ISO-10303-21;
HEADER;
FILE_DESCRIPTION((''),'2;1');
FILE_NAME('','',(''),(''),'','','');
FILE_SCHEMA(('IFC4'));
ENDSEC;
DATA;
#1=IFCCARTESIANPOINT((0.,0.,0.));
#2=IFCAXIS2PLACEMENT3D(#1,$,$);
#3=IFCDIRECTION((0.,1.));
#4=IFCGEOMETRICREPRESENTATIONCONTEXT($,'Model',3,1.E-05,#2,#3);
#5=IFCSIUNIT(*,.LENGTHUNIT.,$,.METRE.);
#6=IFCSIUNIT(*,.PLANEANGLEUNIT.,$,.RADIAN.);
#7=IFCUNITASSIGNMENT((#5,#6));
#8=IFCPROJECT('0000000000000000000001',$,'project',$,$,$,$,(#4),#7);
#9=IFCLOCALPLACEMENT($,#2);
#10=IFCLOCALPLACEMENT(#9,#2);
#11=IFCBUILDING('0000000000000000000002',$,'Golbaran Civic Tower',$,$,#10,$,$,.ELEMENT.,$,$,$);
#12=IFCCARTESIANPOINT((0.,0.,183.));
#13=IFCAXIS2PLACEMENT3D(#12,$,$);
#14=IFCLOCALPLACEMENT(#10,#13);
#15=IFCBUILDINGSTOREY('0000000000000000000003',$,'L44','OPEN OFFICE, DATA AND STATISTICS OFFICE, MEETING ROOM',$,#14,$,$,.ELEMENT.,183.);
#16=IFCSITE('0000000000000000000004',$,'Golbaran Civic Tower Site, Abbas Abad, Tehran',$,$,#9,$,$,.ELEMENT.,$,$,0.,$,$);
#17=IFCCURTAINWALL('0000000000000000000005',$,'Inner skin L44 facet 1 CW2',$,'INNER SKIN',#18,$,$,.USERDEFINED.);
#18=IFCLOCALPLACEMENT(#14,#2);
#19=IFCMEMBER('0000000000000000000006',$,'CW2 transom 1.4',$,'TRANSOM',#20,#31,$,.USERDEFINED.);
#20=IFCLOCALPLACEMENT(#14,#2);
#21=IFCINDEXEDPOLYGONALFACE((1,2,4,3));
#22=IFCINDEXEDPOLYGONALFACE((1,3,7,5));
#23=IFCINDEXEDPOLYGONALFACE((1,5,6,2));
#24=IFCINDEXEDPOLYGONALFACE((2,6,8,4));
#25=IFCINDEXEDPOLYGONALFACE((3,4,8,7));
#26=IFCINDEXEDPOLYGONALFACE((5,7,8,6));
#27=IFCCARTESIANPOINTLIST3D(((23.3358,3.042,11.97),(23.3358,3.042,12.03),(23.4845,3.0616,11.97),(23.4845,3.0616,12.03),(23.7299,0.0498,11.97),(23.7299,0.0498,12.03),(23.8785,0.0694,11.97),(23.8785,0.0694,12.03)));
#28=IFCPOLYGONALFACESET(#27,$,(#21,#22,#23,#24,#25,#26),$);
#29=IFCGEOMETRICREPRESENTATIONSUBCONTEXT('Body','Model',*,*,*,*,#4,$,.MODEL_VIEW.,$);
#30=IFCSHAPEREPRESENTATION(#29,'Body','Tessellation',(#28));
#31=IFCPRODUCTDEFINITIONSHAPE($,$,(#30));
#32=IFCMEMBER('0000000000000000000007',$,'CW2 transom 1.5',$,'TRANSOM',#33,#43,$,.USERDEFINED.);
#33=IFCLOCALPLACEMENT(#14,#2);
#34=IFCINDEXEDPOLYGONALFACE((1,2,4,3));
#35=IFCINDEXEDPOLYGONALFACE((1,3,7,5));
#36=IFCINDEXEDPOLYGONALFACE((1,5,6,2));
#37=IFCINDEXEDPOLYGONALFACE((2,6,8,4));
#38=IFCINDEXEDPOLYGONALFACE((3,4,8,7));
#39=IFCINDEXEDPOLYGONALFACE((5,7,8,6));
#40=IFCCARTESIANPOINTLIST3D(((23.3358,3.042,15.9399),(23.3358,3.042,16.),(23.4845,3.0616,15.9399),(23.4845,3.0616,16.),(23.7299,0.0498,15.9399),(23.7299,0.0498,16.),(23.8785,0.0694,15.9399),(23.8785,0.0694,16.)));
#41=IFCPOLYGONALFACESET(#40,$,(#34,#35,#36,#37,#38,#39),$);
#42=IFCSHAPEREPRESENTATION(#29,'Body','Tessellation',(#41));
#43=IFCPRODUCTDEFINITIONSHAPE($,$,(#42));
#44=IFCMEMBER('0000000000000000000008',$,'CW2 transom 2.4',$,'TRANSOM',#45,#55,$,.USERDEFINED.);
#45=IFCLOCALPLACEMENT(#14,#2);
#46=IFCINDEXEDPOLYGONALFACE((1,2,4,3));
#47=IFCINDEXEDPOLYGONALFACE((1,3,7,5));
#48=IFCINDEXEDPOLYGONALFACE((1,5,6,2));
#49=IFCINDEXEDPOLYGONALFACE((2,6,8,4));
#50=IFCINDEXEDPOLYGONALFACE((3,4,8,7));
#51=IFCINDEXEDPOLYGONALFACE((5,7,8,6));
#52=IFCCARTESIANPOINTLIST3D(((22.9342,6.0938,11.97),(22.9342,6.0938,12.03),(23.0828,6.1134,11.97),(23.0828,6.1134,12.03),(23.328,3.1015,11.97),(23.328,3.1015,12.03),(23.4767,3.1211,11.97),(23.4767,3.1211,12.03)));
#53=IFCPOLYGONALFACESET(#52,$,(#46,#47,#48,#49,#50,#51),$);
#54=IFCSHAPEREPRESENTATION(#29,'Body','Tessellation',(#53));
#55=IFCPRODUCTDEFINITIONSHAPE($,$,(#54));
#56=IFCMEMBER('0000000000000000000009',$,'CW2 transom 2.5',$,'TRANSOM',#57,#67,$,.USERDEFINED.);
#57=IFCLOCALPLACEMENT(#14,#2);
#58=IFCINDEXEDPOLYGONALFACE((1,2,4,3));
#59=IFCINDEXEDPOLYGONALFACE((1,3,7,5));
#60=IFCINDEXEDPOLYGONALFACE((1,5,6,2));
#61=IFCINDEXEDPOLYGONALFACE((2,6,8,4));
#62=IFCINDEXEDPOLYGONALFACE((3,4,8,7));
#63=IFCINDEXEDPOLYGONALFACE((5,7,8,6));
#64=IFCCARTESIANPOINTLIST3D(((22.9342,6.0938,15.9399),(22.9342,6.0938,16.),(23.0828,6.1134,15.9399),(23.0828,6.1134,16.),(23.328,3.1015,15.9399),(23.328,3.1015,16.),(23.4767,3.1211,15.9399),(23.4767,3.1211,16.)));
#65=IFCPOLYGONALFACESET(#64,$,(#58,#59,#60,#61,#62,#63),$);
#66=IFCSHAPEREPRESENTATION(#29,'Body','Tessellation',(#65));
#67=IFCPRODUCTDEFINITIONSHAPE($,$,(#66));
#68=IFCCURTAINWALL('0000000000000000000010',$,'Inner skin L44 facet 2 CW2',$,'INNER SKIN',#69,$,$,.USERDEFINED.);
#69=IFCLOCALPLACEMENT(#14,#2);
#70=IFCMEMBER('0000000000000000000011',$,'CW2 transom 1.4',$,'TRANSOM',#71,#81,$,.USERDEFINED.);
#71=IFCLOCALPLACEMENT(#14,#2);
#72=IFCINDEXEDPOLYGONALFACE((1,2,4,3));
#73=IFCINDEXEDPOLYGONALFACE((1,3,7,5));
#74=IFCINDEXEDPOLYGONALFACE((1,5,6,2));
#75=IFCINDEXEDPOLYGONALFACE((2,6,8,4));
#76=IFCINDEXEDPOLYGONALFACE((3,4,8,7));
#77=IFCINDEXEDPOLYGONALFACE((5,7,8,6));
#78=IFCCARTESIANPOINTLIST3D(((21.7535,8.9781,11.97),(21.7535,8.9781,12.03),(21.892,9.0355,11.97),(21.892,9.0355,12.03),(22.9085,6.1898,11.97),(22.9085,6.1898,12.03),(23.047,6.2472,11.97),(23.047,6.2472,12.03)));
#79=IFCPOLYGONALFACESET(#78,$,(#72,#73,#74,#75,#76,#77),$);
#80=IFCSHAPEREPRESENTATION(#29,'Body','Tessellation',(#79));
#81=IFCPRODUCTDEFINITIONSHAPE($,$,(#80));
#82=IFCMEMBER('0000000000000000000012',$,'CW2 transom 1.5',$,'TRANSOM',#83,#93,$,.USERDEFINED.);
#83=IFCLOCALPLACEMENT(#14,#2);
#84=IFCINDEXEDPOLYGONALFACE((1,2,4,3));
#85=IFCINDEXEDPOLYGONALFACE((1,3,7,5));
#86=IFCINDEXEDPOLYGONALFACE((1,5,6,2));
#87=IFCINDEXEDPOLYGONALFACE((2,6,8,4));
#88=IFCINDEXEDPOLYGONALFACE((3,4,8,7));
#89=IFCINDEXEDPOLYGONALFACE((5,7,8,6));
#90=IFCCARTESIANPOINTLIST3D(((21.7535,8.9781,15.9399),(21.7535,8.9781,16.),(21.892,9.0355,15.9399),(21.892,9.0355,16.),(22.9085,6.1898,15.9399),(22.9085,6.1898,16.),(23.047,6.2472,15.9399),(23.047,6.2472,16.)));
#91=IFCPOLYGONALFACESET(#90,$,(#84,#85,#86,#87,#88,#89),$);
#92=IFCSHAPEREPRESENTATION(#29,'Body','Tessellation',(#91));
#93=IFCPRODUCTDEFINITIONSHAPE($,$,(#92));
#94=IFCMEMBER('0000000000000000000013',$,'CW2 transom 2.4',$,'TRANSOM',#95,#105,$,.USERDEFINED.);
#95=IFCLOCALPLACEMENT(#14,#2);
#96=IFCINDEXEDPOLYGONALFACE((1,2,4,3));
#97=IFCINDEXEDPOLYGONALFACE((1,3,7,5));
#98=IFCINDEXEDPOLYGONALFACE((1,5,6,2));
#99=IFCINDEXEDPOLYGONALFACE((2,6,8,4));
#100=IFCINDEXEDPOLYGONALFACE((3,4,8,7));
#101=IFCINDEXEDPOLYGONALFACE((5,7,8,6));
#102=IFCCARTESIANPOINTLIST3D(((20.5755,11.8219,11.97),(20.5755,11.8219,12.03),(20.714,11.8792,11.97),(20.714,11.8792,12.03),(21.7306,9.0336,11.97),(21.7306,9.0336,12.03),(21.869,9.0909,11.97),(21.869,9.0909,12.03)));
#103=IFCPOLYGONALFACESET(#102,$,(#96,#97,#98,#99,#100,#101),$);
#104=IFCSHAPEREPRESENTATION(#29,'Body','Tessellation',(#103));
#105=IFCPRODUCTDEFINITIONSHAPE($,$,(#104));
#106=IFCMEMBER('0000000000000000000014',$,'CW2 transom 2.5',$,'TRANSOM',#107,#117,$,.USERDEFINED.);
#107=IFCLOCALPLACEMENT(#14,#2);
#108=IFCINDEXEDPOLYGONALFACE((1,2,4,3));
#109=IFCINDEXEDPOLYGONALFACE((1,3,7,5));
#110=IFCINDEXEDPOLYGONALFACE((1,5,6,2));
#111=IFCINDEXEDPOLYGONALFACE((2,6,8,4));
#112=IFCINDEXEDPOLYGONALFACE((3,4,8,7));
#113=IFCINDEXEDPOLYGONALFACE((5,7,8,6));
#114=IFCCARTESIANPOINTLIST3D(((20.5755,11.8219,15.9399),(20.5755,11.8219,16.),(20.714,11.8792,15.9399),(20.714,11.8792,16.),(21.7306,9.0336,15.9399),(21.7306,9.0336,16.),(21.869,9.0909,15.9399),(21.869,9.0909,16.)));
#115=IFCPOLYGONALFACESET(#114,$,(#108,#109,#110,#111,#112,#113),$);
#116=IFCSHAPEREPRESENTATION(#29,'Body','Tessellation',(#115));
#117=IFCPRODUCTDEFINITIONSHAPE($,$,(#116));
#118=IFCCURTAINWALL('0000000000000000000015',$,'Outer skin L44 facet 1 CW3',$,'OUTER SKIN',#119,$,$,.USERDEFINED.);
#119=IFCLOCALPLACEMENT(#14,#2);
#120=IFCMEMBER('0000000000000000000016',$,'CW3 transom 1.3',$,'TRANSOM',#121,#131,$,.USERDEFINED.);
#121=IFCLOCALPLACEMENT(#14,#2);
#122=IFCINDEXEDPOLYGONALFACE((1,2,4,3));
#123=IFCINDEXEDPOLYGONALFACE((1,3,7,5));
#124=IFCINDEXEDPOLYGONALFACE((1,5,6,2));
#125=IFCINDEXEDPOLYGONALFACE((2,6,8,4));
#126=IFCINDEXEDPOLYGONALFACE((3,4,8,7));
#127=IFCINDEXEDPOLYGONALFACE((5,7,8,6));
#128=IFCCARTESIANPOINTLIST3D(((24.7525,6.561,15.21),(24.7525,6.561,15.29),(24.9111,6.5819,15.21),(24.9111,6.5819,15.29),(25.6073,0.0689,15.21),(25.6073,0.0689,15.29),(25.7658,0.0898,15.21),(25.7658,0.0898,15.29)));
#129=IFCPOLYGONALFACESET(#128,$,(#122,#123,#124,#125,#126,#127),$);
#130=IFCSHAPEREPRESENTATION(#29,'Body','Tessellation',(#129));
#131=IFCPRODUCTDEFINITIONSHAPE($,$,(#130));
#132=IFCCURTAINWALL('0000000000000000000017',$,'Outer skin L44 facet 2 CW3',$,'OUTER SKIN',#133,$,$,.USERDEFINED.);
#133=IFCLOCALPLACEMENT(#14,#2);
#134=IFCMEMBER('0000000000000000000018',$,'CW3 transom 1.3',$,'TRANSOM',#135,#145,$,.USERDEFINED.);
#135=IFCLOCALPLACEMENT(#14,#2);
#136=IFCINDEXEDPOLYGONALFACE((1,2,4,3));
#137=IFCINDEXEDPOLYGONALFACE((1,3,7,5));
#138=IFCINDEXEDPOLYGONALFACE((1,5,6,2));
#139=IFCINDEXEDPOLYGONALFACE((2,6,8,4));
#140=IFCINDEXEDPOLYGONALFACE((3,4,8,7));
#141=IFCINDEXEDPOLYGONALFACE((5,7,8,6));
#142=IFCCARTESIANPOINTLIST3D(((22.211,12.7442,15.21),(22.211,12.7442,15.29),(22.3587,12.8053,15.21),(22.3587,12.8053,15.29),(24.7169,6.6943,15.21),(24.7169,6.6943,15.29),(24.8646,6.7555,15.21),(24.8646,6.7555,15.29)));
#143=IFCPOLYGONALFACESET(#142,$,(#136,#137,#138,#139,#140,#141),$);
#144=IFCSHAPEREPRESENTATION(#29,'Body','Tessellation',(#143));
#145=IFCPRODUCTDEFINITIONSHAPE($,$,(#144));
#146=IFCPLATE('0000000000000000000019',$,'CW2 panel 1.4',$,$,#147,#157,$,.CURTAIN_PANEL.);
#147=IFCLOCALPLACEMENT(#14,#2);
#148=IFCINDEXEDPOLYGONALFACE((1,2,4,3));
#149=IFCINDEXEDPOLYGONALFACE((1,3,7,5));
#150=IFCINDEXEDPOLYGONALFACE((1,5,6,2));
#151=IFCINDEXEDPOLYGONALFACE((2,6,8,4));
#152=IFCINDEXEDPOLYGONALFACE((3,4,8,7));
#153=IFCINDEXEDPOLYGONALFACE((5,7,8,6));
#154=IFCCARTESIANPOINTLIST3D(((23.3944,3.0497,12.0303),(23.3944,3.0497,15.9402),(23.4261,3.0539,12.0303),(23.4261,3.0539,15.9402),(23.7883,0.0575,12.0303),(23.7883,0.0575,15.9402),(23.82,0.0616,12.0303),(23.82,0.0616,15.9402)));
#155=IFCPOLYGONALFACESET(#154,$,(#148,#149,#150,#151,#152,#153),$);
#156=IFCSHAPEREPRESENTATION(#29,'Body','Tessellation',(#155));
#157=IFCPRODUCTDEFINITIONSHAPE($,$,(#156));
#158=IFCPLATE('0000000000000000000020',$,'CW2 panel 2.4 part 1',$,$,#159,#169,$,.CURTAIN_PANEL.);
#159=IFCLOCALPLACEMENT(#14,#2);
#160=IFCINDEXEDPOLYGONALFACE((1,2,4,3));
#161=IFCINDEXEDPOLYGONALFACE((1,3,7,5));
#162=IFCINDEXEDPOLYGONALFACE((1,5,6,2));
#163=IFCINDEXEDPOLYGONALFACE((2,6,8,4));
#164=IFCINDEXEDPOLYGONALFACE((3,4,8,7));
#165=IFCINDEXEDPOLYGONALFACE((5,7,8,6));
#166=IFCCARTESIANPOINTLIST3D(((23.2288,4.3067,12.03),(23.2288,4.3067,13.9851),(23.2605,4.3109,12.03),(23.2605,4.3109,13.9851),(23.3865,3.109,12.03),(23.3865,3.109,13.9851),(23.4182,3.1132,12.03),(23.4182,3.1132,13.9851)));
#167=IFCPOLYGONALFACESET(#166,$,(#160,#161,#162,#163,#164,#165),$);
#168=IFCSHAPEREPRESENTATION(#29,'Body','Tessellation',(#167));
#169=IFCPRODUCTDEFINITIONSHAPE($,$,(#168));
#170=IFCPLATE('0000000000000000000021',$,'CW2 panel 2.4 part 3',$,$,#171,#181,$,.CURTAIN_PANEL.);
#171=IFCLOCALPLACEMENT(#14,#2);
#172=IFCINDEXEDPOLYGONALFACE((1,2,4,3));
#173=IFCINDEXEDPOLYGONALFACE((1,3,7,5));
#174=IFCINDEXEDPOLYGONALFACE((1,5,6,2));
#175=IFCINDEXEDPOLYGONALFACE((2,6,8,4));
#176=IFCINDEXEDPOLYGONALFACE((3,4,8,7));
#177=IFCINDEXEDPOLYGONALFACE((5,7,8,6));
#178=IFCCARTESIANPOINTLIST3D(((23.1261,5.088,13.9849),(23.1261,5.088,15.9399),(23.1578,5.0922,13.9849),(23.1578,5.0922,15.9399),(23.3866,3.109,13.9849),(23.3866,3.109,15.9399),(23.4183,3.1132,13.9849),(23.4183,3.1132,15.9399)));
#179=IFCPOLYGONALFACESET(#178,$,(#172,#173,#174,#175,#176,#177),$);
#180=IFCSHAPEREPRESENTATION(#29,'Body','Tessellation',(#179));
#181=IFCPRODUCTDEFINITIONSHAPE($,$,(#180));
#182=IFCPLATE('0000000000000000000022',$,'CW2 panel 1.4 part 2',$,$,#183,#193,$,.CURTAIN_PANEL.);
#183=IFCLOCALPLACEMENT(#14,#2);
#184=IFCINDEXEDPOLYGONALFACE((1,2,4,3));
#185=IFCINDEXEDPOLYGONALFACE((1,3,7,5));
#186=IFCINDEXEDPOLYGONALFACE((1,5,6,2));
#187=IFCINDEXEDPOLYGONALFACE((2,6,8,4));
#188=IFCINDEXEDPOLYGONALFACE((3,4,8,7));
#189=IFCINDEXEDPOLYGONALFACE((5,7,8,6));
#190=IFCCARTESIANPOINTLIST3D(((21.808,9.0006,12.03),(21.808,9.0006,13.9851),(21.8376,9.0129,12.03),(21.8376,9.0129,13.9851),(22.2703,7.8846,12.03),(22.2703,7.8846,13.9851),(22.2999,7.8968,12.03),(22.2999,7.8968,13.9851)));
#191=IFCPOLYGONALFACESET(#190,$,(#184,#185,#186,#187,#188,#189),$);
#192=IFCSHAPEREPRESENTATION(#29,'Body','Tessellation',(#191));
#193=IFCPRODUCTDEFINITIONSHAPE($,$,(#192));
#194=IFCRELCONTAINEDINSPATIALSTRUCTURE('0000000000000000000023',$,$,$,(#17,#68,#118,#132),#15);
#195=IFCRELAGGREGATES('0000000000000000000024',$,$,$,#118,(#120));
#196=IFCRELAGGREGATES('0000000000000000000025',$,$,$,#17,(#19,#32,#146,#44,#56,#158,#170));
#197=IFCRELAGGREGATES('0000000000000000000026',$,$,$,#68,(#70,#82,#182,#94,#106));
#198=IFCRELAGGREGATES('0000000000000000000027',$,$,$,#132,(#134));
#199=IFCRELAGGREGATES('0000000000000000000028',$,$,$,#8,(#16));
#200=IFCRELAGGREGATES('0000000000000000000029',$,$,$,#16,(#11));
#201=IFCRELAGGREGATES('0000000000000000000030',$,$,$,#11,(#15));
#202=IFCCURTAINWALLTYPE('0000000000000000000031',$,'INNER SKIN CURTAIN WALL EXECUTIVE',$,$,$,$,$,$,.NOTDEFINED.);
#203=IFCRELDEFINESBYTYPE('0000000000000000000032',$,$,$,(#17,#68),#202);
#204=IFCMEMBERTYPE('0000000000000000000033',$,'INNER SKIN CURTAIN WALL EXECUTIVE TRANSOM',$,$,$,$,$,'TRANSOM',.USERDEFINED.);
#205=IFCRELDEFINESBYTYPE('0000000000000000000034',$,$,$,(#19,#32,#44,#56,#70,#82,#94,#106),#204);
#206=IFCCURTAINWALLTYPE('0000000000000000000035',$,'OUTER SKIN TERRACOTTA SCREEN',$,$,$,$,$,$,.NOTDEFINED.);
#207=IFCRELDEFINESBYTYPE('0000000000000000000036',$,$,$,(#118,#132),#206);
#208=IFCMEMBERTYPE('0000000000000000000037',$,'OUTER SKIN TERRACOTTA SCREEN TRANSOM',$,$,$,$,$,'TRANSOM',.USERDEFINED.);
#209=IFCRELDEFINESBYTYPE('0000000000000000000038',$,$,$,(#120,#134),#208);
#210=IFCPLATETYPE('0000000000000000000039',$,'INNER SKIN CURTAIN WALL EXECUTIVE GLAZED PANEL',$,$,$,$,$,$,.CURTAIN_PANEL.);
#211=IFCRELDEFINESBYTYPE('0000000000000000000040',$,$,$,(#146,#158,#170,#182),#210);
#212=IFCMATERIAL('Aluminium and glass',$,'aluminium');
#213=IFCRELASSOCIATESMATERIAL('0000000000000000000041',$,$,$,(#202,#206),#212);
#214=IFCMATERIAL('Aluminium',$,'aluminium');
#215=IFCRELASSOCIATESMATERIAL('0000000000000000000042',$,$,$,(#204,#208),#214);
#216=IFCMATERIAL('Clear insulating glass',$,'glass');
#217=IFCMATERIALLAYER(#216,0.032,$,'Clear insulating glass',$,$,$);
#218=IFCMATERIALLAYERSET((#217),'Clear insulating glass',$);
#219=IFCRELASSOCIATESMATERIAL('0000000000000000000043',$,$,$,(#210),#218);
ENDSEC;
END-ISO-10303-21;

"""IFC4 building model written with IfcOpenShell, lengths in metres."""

from ifc_helpers import new_model, si_unit, direction, frame, origin, origin_2d, place, context, subcontext, project, spatial, rectangle, extrude, material, layer, layer_set, material_profile, profile_set, type_object, element, aggregate, save


model = new_model("IFC4")

# Units and contexts
model_context = context("Model", 3, precision=1e-05, world=origin(), true_north=direction((0.0, 1.0)))
body_context = subcontext(model_context, "Body", "Model", "MODEL_VIEW")
ifc_project = project(units=[si_unit("LENGTHUNIT", "METRE"), si_unit("PLANEANGLEUNIT", "RADIAN")], contexts=[model_context])

# Site, building, storey
site_placement = place(None, origin())
site = spatial("IfcSite", under=ifc_project, at=site_placement, Name="Golbaran Civic Tower Site, Abbas Abad, Tehran", CompositionType="ELEMENT", RefElevation=0.0)
building_placement = place(site_placement, origin())
building = spatial("IfcBuilding", under=site, at=building_placement, Name="Golbaran Civic Tower", CompositionType="ELEMENT")
storey_placement = place(building_placement, frame((0.0, 0.0, 183.0)))
storey = spatial("IfcBuildingStorey", under=building, at=storey_placement, Name="L44", Description="OPEN OFFICE, DATA AND STATISTICS OFFICE, MEETING ROOM", CompositionType="ELEMENT", Elevation=183.0)

# Curtain walls, members
ifc_material_1 = material(Name="Aluminium and glass", Category="aluminium")
curtain_wall_type_1 = type_object("IfcCurtainWallType", Name="INNER SKIN CURTAIN WALL EXECUTIVE", PredefinedType="NOTDEFINED", material=ifc_material_1)
curtain_wall_1_placement = place(storey_placement, origin())
curtain_wall_1 = element("IfcCurtainWall", 1, at=curtain_wall_1_placement, inside=storey, type_object=curtain_wall_type_1, Name="Inner skin L44 facet 1 CW2", ObjectType="INNER SKIN", PredefinedType="USERDEFINED")
ifc_material_2 = material(Name="Aluminium", Category="aluminium")
ifc_material_profile_1 = material_profile(ifc_material_2, rectangle(XDim=0.1499, YDim=0.0601, at=origin_2d()), Name="INNER SKIN CURTAIN WALL EXECUTIVE TRANSOM")
ifc_profile_set_1 = profile_set([ifc_material_profile_1], Name="Aluminium")
member_type_1 = type_object("IfcMemberType", Name="INNER SKIN CURTAIN WALL EXECUTIVE TRANSOM", ElementType="TRANSOM", PredefinedType="USERDEFINED", material=ifc_profile_set_1)
member_1_placement = place(storey_placement, frame((23.8042, 0.0596, 12.0), z_axis=(-0.130563, 0.99144, 0.0), x_axis=(-0.99144, -0.130563, 0.0)))
member_1 = element("IfcMember", 2, at=member_1_placement, type_object=member_type_1, Name="CW2 transom 1.4", ObjectType="TRANSOM", PredefinedType="USERDEFINED", context=body_context, shape_type="SweptSolid", body=[
    extrude(rectangle(XDim=0.1499, YDim=0.0601, at=origin_2d()), origin(), (0.0, 0.0, 1.0), 3.0181),
])
member_2_placement = place(storey_placement, frame((23.8042, 0.0596, 15.97), z_axis=(-0.130563, 0.99144, 0.0), x_axis=(-0.99144, -0.130563, 0.0)))
member_2 = element("IfcMember", 3, at=member_2_placement, type_object=member_type_1, Name="CW2 transom 1.5", ObjectType="TRANSOM", PredefinedType="USERDEFINED", context=body_context, shape_type="SweptSolid", body=[
    extrude(rectangle(XDim=0.1499, YDim=0.0601, at=origin_2d()), origin(), (0.0, 0.0, 1.0), 3.0181),
])
member_3_placement = place(storey_placement, frame((23.4023, 3.1113, 12.0), z_axis=(-0.130484, 0.99145, 0.0), x_axis=(-0.99145, -0.130484, 0.0)))
member_3 = element("IfcMember", 4, at=member_3_placement, type_object=member_type_1, Name="CW2 transom 2.4", ObjectType="TRANSOM", PredefinedType="USERDEFINED", context=body_context, shape_type="SweptSolid", body=[
    extrude(rectangle(XDim=0.1499, YDim=0.0601, at=origin_2d()), origin(), (0.0, 0.0, 1.0), 3.0181),
])
member_4_placement = place(storey_placement, frame((23.4023, 3.1113, 15.97), z_axis=(-0.130484, 0.99145, 0.0), x_axis=(-0.99145, -0.130484, 0.0)))
member_4 = element("IfcMember", 5, at=member_4_placement, type_object=member_type_1, Name="CW2 transom 2.5", ObjectType="TRANSOM", PredefinedType="USERDEFINED", context=body_context, shape_type="SweptSolid", body=[
    extrude(rectangle(XDim=0.1499, YDim=0.0601, at=origin_2d()), origin(), (0.0, 0.0, 1.0), 3.0181),
])
curtain_wall_2_placement = place(storey_placement, origin())
curtain_wall_2 = element("IfcCurtainWall", 6, at=curtain_wall_2_placement, inside=storey, type_object=curtain_wall_type_1, Name="Inner skin L44 facet 2 CW2", ObjectType="INNER SKIN", PredefinedType="USERDEFINED")
member_5_placement = place(storey_placement, frame((22.9778, 6.2185, 12.0), z_axis=(-0.382702, 0.923872, 0.0), x_axis=(-0.923872, -0.382702, 0.0)))
member_5 = element("IfcMember", 7, at=member_5_placement, type_object=member_type_1, Name="CW2 transom 1.4", ObjectType="TRANSOM", PredefinedType="USERDEFINED", context=body_context, shape_type="SweptSolid", body=[
    extrude(rectangle(XDim=0.1499, YDim=0.0601, at=origin_2d()), origin(), (0.0, 0.0, 1.0), 3.0181),
])
member_6_placement = place(storey_placement, frame((22.9778, 6.2185, 15.97), z_axis=(-0.382702, 0.923872, 0.0), x_axis=(-0.923872, -0.382702, 0.0)))
member_6 = element("IfcMember", 8, at=member_6_placement, type_object=member_type_1, Name="CW2 transom 1.5", ObjectType="TRANSOM", PredefinedType="USERDEFINED", context=body_context, shape_type="SweptSolid", body=[
    extrude(rectangle(XDim=0.1499, YDim=0.0601, at=origin_2d()), origin(), (0.0, 0.0, 1.0), 3.0181),
])
member_7_placement = place(storey_placement, frame((21.7998, 9.0623, 12.0), z_axis=(-0.382702, 0.923872, 0.0), x_axis=(-0.923872, -0.382702, 0.0)))
member_7 = element("IfcMember", 9, at=member_7_placement, type_object=member_type_1, Name="CW2 transom 2.4", ObjectType="TRANSOM", PredefinedType="USERDEFINED", context=body_context, shape_type="SweptSolid", body=[
    extrude(rectangle(XDim=0.1499, YDim=0.0601, at=origin_2d()), origin(), (0.0, 0.0, 1.0), 3.0181),
])
member_8_placement = place(storey_placement, frame((21.7998, 9.0623, 15.97), z_axis=(-0.382702, 0.923872, 0.0), x_axis=(-0.923872, -0.382702, 0.0)))
member_8 = element("IfcMember", 10, at=member_8_placement, type_object=member_type_1, Name="CW2 transom 2.5", ObjectType="TRANSOM", PredefinedType="USERDEFINED", context=body_context, shape_type="SweptSolid", body=[
    extrude(rectangle(XDim=0.1499, YDim=0.0601, at=origin_2d()), origin(), (0.0, 0.0, 1.0), 3.0181),
])

# Curtain walls, members
curtain_wall_type_2 = type_object("IfcCurtainWallType", Name="OUTER SKIN TERRACOTTA SCREEN", PredefinedType="NOTDEFINED", material=ifc_material_1)
curtain_wall_3_placement = place(storey_placement, origin())
curtain_wall_3 = element("IfcCurtainWall", 11, at=curtain_wall_3_placement, inside=storey, type_object=curtain_wall_type_2, Name="Outer skin L44 facet 1 CW3", ObjectType="OUTER SKIN", PredefinedType="USERDEFINED")
ifc_material_profile_2 = material_profile(ifc_material_2, rectangle(XDim=0.1599, YDim=0.0801, at=origin_2d()), Name="OUTER SKIN TERRACOTTA SCREEN TRANSOM")
ifc_profile_set_2 = profile_set([ifc_material_profile_2], Name="Aluminium")
member_type_2 = type_object("IfcMemberType", Name="OUTER SKIN TERRACOTTA SCREEN TRANSOM", ElementType="TRANSOM", PredefinedType="USERDEFINED", material=ifc_profile_set_2)
member_9_placement = place(storey_placement, frame((25.6865, 0.0793, 15.25), z_axis=(-0.13053, 0.991444, 0.0), x_axis=(-0.991444, -0.13053, 0.0)))
member_9 = element("IfcMember", 12, at=member_9_placement, type_object=member_type_2, Name="CW3 transom 1.3", ObjectType="TRANSOM", PredefinedType="USERDEFINED", context=body_context, shape_type="SweptSolid", body=[
    extrude(rectangle(XDim=0.1599, YDim=0.0801, at=origin_2d()), origin(), (0.0, 0.0, 1.0), 6.5481),
])
aggregate(curtain_wall_3, [member_9])
curtain_wall_4_placement = place(storey_placement, origin())
curtain_wall_4 = element("IfcCurtainWall", 13, at=curtain_wall_4_placement, inside=storey, type_object=curtain_wall_type_2, Name="Outer skin L44 facet 2 CW3", ObjectType="OUTER SKIN", PredefinedType="USERDEFINED")
member_10_placement = place(storey_placement, frame((24.7908, 6.7249, 15.25), z_axis=(-0.382677, 0.923882, 0.0), x_axis=(-0.923882, -0.382677, 0.0)))
member_10 = element("IfcMember", 14, at=member_10_placement, type_object=member_type_2, Name="CW3 transom 1.3", ObjectType="TRANSOM", PredefinedType="USERDEFINED", context=body_context, shape_type="SweptSolid", body=[
    extrude(rectangle(XDim=0.1599, YDim=0.0801, at=origin_2d()), origin(), (0.0, 0.0, 1.0), 6.5483),
])

# Plates
ifc_material_3 = material(Name="Clear insulating glass", Category="glass")
ifc_layer_1 = layer(ifc_material_3, 0.032, Name="Clear insulating glass")
ifc_layer_set_1 = layer_set([ifc_layer_1], Name="Clear insulating glass")
plate_type_1 = type_object("IfcPlateType", Name="INNER SKIN CURTAIN WALL EXECUTIVE GLAZED PANEL", PredefinedType="CURTAIN_PANEL", material=ifc_layer_set_1)
plate_1_placement = place(storey_placement, frame((23.6072, 1.5557, 12.0303), z_axis=(0.0, 0.0, 1.0), x_axis=(-0.130526, 0.991445, 0.0)))
plate_1 = element("IfcPlate", 15, at=plate_1_placement, type_object=plate_type_1, Name="CW2 panel 1.4", PredefinedType="CURTAIN_PANEL", context=body_context, shape_type="SweptSolid", body=[
    extrude(rectangle(XDim=3.0181, YDim=0.032, at=origin_2d()), origin(), (0.0, 0.0, 1.0), 3.9099),
])
plate_2_placement = place(storey_placement, frame((23.3235, 3.71, 12.03), z_axis=(0.0, 0.0, 1.0), x_axis=(-0.130526, 0.991445, 0.0)))
plate_2 = element("IfcPlate", 16, at=plate_2_placement, type_object=plate_type_1, Name="CW2 panel 2.4 part 1", PredefinedType="CURTAIN_PANEL", context=body_context, shape_type="SweptSolid", body=[
    extrude(rectangle(XDim=1.208, YDim=0.032, at=origin_2d()), origin(), (0.0, 0.0, 1.0), 1.9551),
])
plate_3_placement = place(storey_placement, frame((23.2722, 4.1006, 13.9849), z_axis=(0.0, 0.0, 1.0), x_axis=(-0.130526, 0.991445, 0.0)))
plate_3 = element("IfcPlate", 17, at=plate_3_placement, type_object=plate_type_1, Name="CW2 panel 2.4 part 3", PredefinedType="CURTAIN_PANEL", context=body_context, shape_type="SweptSolid", body=[
    extrude(rectangle(XDim=1.9961, YDim=0.032, at=origin_2d()), origin(), (0.0, 0.0, 1.0), 1.9551),
])
plate_4_placement = place(storey_placement, frame((22.054, 8.4487, 12.03), z_axis=(0.0, 0.0, 1.0), x_axis=(-0.382683, 0.92388, 0.0)))
plate_4 = element("IfcPlate", 18, at=plate_4_placement, type_object=plate_type_1, Name="CW2 panel 1.4 part 2", PredefinedType="CURTAIN_PANEL", context=body_context, shape_type="SweptSolid", body=[
    extrude(rectangle(XDim=1.208, YDim=0.032, at=origin_2d()), origin(), (0.0, 0.0, 1.0), 1.9551),
])
aggregate(curtain_wall_1, [member_1, member_2, plate_1, member_3, member_4, plate_2, plate_3])
aggregate(curtain_wall_2, [member_5, member_6, plate_4, member_7, member_8])
aggregate(curtain_wall_4, [member_10])

save(model, "model.ifc")
